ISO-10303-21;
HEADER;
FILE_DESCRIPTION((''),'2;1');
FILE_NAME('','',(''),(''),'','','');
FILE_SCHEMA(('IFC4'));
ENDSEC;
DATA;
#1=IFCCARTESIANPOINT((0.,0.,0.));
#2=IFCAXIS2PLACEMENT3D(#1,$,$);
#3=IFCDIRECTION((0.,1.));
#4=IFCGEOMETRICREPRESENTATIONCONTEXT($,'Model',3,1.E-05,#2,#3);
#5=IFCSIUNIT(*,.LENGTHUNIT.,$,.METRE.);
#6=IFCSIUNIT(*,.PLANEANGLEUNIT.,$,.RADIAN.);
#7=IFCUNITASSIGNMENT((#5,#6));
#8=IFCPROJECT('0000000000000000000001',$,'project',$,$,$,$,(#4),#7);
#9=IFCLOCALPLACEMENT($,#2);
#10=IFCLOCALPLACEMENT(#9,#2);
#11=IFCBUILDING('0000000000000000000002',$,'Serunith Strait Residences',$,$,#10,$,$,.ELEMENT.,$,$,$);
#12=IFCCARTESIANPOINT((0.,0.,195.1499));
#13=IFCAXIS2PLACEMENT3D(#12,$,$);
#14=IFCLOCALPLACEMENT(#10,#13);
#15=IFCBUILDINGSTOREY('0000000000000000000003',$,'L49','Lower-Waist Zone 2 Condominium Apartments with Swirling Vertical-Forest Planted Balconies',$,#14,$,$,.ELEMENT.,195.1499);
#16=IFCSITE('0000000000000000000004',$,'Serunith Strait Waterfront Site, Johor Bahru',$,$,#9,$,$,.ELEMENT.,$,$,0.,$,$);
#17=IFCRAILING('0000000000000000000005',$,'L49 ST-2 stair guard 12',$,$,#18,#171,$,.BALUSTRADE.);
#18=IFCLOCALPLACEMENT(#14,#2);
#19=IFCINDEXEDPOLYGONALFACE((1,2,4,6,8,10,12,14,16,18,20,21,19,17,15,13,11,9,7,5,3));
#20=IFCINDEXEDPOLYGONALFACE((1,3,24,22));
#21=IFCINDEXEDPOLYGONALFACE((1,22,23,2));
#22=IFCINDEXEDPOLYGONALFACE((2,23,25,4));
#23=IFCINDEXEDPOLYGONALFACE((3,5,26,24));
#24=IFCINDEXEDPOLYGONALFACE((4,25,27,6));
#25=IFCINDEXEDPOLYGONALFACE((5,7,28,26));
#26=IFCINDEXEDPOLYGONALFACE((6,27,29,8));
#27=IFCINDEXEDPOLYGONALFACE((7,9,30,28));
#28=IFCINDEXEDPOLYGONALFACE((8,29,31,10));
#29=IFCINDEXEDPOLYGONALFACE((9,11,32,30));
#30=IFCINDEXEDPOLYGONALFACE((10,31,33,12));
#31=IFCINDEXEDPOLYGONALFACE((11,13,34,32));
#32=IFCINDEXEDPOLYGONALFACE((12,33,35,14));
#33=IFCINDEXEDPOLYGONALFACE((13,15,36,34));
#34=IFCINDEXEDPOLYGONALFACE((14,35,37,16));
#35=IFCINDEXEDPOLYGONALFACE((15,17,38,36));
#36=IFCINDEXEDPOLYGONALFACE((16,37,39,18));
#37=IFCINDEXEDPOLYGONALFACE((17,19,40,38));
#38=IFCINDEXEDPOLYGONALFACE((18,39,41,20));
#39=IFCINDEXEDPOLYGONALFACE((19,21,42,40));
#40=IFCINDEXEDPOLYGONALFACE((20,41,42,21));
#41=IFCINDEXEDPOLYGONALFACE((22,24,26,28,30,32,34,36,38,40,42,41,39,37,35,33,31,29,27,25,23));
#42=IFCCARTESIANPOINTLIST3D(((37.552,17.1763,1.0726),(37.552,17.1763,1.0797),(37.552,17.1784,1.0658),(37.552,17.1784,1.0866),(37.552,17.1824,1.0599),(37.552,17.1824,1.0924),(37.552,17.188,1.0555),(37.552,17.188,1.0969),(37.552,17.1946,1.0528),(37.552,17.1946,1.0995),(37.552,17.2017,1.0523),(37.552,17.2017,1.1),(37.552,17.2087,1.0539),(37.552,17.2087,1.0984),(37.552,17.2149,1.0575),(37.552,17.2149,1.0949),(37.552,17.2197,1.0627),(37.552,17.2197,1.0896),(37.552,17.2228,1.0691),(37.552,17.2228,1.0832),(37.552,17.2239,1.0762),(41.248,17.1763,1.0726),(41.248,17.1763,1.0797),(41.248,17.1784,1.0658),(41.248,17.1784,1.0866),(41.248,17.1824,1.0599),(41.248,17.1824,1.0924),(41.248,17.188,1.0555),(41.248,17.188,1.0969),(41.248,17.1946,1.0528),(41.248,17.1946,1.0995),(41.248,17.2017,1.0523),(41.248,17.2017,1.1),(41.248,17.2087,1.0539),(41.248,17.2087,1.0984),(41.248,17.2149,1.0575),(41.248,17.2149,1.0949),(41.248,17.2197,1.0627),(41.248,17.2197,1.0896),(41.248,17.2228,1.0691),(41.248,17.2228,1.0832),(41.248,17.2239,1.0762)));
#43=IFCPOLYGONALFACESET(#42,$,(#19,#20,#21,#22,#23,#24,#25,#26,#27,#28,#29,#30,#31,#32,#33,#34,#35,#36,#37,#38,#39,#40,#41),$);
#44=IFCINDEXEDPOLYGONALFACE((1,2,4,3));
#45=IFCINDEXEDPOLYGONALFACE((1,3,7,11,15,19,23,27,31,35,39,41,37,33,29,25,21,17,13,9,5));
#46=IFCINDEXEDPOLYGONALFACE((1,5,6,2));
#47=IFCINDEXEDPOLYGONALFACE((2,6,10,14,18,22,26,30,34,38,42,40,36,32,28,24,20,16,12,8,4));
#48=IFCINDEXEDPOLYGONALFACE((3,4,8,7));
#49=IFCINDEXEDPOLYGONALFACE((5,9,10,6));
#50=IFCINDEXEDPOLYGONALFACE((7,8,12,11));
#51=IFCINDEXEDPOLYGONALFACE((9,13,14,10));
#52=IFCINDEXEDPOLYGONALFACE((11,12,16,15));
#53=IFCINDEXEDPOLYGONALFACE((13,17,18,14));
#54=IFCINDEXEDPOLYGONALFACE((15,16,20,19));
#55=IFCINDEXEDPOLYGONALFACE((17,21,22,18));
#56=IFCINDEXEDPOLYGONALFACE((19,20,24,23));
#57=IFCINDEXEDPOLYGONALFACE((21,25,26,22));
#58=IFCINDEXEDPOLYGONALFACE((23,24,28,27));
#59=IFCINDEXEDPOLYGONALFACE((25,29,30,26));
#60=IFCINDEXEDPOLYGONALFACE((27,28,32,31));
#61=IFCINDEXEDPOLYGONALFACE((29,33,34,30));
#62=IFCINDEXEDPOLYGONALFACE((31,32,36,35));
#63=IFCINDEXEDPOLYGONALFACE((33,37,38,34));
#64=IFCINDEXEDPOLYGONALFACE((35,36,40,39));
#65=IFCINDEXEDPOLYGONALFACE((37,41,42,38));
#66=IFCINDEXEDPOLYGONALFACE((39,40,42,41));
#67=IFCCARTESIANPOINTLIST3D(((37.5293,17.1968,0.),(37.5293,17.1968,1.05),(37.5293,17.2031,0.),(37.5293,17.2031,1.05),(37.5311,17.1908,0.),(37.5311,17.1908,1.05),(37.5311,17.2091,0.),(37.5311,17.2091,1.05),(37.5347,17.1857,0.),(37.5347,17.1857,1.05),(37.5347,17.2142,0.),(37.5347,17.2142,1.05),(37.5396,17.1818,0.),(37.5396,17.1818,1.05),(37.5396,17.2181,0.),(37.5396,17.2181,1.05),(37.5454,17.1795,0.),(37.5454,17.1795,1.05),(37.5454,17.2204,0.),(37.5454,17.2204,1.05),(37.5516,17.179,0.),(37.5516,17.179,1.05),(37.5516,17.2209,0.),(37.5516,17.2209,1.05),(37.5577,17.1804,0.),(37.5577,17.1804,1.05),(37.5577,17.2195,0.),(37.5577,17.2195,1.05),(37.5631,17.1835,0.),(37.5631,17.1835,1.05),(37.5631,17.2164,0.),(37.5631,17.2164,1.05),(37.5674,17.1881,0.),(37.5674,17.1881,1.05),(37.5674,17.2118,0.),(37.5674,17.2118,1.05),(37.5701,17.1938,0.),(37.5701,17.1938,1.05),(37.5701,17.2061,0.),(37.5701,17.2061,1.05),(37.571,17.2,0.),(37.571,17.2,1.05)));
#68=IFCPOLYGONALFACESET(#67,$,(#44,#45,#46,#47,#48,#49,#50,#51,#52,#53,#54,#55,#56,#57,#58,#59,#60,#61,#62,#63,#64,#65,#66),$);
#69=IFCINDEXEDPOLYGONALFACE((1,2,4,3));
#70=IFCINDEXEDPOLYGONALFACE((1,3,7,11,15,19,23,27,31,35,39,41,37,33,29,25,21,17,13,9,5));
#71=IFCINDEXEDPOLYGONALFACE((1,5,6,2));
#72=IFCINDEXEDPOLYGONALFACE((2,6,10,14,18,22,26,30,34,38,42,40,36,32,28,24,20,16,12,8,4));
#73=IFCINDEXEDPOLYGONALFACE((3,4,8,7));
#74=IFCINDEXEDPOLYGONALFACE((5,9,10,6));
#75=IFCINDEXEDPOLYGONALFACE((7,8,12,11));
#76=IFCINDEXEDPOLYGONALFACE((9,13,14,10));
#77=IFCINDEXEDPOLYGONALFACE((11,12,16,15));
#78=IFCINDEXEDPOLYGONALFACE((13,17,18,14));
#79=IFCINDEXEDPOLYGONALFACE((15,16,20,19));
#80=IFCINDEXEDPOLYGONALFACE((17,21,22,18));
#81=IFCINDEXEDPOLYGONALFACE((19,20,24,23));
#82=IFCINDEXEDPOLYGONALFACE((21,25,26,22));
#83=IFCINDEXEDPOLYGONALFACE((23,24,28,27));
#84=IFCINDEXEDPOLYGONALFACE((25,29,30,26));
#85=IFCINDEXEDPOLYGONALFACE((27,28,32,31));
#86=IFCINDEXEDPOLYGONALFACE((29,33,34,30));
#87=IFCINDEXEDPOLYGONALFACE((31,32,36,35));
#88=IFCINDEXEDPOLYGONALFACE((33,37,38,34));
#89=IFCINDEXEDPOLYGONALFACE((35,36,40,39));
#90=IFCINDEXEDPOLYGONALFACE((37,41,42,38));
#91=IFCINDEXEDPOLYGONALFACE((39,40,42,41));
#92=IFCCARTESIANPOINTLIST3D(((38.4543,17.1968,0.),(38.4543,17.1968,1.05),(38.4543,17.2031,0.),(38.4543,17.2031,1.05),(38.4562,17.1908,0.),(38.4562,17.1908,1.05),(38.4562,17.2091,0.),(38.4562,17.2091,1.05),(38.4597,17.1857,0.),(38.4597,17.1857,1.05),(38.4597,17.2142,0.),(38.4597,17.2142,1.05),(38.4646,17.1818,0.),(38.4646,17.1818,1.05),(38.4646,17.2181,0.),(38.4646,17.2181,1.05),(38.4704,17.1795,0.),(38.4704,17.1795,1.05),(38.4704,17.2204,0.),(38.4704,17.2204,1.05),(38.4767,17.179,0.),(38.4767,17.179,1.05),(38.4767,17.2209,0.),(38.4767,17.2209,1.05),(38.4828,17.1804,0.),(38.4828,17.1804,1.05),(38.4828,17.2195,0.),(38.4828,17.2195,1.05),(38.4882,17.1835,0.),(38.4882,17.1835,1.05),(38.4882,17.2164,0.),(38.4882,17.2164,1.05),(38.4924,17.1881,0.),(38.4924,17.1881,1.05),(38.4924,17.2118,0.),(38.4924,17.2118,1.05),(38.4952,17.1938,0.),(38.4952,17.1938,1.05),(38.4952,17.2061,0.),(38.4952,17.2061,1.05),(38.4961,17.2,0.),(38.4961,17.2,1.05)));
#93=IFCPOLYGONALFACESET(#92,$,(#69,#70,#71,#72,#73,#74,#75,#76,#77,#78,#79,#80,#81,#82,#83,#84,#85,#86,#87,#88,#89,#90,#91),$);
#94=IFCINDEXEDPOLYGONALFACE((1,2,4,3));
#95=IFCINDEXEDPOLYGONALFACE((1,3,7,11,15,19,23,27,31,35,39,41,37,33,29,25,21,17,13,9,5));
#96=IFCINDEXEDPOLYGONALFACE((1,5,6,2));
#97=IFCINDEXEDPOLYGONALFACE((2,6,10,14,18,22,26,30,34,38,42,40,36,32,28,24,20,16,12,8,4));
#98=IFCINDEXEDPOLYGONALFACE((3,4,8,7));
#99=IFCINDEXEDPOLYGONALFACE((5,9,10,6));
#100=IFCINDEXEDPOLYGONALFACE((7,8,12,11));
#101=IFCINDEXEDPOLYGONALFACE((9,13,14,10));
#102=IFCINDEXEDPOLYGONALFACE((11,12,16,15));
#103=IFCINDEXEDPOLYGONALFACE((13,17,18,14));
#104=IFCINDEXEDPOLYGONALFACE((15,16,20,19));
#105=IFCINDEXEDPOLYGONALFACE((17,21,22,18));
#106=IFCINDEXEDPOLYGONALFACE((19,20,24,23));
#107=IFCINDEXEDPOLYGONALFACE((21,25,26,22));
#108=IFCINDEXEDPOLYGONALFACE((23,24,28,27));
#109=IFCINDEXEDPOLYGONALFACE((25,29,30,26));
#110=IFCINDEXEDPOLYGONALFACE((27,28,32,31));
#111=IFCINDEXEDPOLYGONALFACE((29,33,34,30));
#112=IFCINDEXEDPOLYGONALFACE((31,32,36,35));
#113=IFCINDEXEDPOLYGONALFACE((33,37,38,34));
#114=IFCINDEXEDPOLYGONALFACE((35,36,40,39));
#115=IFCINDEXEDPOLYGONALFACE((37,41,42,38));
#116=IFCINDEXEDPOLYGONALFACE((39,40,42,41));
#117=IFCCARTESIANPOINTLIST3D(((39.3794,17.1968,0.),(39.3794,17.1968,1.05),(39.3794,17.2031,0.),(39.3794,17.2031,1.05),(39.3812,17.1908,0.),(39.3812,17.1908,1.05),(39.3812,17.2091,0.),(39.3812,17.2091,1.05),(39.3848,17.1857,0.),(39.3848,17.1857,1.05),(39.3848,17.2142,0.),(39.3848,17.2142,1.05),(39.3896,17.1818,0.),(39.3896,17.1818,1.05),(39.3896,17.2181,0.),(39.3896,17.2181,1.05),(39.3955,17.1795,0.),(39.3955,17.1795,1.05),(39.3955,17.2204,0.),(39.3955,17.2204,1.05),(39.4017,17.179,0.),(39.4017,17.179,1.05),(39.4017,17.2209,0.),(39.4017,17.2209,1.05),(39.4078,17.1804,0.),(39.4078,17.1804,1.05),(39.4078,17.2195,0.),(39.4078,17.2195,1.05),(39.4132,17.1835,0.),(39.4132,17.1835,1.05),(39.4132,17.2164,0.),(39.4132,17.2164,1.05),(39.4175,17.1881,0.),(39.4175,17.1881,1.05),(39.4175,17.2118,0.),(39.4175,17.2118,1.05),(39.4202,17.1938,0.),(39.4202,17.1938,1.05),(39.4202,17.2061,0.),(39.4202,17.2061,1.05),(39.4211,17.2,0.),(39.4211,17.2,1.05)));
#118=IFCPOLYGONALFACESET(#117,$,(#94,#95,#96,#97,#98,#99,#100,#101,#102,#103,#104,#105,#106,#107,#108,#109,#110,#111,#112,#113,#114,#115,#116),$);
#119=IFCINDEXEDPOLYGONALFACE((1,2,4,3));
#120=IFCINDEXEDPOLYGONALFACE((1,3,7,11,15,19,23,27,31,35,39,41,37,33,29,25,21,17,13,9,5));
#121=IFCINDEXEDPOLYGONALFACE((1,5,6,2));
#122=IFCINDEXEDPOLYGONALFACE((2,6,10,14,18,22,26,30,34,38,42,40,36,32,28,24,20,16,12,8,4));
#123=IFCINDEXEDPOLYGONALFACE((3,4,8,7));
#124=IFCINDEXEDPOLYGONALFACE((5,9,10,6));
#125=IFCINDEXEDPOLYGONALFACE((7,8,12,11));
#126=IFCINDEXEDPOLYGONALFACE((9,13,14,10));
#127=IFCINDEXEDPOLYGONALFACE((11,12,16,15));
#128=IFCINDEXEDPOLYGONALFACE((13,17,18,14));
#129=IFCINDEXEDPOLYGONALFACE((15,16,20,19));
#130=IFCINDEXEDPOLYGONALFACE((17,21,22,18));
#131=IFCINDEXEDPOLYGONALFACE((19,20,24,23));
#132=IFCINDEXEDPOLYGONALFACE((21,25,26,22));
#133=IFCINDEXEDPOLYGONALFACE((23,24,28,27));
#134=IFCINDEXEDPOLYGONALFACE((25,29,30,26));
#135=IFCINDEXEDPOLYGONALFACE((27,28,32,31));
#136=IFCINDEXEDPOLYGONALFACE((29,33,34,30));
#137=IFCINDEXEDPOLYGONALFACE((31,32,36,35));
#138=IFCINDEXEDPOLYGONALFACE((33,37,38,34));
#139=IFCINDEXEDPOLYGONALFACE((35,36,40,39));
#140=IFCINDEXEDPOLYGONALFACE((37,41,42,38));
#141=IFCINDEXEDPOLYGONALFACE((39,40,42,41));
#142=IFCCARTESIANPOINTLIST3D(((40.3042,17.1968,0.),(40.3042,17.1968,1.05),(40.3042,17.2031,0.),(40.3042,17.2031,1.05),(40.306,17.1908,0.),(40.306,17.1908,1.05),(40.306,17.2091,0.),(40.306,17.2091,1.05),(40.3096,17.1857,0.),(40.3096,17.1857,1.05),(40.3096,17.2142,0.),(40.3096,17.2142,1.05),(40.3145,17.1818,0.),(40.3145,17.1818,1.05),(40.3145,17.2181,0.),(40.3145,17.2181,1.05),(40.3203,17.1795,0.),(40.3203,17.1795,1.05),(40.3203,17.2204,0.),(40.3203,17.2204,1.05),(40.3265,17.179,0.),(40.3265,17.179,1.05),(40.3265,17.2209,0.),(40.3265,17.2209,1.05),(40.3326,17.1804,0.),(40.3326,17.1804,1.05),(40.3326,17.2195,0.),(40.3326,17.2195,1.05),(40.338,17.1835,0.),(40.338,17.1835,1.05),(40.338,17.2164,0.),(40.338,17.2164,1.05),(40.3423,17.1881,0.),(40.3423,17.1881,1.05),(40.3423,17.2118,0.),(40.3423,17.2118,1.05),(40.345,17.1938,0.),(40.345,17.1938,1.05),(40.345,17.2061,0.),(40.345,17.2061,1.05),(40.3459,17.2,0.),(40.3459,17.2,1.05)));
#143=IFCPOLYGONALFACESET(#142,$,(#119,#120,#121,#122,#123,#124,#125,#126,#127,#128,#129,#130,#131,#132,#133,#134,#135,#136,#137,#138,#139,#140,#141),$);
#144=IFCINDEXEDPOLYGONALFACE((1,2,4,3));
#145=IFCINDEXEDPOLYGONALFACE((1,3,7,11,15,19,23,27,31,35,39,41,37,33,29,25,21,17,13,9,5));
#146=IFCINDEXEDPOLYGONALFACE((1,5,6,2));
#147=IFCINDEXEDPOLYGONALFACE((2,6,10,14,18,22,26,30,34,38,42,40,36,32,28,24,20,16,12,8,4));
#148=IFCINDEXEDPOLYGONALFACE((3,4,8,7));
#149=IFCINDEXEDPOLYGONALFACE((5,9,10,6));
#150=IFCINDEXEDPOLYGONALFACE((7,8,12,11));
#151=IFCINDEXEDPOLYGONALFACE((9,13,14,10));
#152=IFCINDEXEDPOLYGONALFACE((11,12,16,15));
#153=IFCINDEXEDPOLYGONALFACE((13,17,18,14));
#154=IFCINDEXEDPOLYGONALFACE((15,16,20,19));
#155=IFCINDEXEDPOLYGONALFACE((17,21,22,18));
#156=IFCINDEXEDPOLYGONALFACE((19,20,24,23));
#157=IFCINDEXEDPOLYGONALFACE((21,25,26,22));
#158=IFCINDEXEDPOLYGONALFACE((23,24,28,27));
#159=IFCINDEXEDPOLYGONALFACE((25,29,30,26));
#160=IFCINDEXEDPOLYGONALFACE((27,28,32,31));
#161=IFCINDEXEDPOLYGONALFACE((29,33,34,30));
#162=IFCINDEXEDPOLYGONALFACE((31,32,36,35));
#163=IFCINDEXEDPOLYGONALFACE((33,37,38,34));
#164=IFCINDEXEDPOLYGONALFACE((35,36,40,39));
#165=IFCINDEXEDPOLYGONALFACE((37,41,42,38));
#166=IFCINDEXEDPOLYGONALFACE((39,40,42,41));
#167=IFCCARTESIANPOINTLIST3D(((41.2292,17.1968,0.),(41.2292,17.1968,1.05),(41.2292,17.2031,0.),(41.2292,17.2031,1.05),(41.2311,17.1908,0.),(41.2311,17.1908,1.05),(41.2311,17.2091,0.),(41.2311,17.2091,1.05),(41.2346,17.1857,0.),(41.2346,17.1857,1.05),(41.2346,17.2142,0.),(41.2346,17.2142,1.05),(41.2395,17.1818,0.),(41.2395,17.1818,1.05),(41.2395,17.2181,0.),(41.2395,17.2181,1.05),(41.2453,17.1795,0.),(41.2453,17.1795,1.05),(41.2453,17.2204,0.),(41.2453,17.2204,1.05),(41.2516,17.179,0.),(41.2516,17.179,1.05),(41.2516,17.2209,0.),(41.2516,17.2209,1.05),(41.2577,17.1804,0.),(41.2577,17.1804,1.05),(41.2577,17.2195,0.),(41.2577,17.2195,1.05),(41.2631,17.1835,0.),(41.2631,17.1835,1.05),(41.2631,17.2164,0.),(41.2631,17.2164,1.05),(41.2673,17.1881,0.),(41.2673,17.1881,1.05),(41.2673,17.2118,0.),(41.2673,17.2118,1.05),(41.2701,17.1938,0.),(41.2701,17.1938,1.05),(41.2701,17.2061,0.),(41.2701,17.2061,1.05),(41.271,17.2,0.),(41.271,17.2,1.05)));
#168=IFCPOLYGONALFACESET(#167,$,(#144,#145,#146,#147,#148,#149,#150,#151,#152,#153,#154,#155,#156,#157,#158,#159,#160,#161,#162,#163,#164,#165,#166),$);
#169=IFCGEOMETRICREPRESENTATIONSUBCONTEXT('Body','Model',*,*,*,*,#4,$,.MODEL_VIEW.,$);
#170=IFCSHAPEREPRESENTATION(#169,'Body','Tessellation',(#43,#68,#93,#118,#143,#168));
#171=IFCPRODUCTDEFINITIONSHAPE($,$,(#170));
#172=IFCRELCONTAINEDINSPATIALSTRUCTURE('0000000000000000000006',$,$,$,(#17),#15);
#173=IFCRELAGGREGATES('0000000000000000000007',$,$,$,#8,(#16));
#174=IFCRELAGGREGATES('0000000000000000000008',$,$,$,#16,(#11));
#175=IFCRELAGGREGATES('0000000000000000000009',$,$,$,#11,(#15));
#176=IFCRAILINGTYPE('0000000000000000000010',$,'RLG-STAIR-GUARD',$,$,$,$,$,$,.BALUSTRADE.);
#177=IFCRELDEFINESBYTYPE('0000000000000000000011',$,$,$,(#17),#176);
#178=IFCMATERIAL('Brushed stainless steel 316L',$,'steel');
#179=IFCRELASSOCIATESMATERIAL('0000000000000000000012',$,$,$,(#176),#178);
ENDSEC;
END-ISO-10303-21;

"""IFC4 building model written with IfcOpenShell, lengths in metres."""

from ifc_helpers import new_model, si_unit, direction, frame, origin, origin_2d, place, context, subcontext, project, spatial, circle, extrude, material, type_object, element, save


model = new_model("IFC4")

# Units and contexts
model_context = context("Model", 3, precision=1e-05, world=origin(), true_north=direction((0.0, 1.0)))
body_context = subcontext(model_context, "Body", "Model", "MODEL_VIEW")
ifc_project = project(units=[si_unit("LENGTHUNIT", "METRE"), si_unit("PLANEANGLEUNIT", "RADIAN")], contexts=[model_context])

# Site, building, storey
site_placement = place(None, origin())
site = spatial("IfcSite", under=ifc_project, at=site_placement, Name="Serunith Strait Waterfront Site, Johor Bahru", CompositionType="ELEMENT", RefElevation=0.0)
building_placement = place(site_placement, origin())
building = spatial("IfcBuilding", under=site, at=building_placement, Name="Serunith Strait Residences", CompositionType="ELEMENT")
storey_placement = place(building_placement, frame((0.0, 0.0, 195.1499)))
storey = spatial("IfcBuildingStorey", under=building, at=storey_placement, Name="L49", Description="Lower-Waist Zone 2 Condominium Apartments with Swirling Vertical-Forest Planted Balconies", CompositionType="ELEMENT", Elevation=195.1499)

# Railing
ifc_material_1 = material(Name="Brushed stainless steel 316L", Category="steel")
railing_type_1 = type_object("IfcRailingType", Name="RLG-STAIR-GUARD", PredefinedType="BALUSTRADE", material=ifc_material_1)
railing_1_placement = place(storey_placement, frame((37.55, 17.2, 0.0)))
element("IfcRailing", 1, at=railing_1_placement, inside=storey, type_object=railing_type_1, Name="L49 ST-2 stair guard 12", PredefinedType="BALUSTRADE", context=body_context, shape_type="SweptSolid", body=[
    extrude(circle(Radius=0.0239, at=origin_2d()), frame((0.002, 0.0, 1.0762), z_axis=(1.0, 0.0, 0.0), x_axis=(0.0, 1.0, 0.0)), (0.0, 0.0, 1.0), 3.696),
    extrude(circle(Radius=0.021, at=origin_2d()), origin(), (0.0, 0.0, 1.0), 1.05),
    extrude(circle(Radius=0.021, at=origin_2d()), frame((0.925, 0.0, 0.0)), (0.0, 0.0, 1.0), 1.05),
    extrude(circle(Radius=0.021, at=origin_2d()), frame((1.8501, 0.0, 0.0)), (0.0, 0.0, 1.0), 1.05),
    extrude(circle(Radius=0.021, at=origin_2d()), frame((2.7749, 0.0, 0.0)), (0.0, 0.0, 1.0), 1.05),
    extrude(circle(Radius=0.021, at=origin_2d()), frame((3.7, 0.0, 0.0)), (0.0, 0.0, 1.0), 1.05),
])

save(model, "model.ifc")
